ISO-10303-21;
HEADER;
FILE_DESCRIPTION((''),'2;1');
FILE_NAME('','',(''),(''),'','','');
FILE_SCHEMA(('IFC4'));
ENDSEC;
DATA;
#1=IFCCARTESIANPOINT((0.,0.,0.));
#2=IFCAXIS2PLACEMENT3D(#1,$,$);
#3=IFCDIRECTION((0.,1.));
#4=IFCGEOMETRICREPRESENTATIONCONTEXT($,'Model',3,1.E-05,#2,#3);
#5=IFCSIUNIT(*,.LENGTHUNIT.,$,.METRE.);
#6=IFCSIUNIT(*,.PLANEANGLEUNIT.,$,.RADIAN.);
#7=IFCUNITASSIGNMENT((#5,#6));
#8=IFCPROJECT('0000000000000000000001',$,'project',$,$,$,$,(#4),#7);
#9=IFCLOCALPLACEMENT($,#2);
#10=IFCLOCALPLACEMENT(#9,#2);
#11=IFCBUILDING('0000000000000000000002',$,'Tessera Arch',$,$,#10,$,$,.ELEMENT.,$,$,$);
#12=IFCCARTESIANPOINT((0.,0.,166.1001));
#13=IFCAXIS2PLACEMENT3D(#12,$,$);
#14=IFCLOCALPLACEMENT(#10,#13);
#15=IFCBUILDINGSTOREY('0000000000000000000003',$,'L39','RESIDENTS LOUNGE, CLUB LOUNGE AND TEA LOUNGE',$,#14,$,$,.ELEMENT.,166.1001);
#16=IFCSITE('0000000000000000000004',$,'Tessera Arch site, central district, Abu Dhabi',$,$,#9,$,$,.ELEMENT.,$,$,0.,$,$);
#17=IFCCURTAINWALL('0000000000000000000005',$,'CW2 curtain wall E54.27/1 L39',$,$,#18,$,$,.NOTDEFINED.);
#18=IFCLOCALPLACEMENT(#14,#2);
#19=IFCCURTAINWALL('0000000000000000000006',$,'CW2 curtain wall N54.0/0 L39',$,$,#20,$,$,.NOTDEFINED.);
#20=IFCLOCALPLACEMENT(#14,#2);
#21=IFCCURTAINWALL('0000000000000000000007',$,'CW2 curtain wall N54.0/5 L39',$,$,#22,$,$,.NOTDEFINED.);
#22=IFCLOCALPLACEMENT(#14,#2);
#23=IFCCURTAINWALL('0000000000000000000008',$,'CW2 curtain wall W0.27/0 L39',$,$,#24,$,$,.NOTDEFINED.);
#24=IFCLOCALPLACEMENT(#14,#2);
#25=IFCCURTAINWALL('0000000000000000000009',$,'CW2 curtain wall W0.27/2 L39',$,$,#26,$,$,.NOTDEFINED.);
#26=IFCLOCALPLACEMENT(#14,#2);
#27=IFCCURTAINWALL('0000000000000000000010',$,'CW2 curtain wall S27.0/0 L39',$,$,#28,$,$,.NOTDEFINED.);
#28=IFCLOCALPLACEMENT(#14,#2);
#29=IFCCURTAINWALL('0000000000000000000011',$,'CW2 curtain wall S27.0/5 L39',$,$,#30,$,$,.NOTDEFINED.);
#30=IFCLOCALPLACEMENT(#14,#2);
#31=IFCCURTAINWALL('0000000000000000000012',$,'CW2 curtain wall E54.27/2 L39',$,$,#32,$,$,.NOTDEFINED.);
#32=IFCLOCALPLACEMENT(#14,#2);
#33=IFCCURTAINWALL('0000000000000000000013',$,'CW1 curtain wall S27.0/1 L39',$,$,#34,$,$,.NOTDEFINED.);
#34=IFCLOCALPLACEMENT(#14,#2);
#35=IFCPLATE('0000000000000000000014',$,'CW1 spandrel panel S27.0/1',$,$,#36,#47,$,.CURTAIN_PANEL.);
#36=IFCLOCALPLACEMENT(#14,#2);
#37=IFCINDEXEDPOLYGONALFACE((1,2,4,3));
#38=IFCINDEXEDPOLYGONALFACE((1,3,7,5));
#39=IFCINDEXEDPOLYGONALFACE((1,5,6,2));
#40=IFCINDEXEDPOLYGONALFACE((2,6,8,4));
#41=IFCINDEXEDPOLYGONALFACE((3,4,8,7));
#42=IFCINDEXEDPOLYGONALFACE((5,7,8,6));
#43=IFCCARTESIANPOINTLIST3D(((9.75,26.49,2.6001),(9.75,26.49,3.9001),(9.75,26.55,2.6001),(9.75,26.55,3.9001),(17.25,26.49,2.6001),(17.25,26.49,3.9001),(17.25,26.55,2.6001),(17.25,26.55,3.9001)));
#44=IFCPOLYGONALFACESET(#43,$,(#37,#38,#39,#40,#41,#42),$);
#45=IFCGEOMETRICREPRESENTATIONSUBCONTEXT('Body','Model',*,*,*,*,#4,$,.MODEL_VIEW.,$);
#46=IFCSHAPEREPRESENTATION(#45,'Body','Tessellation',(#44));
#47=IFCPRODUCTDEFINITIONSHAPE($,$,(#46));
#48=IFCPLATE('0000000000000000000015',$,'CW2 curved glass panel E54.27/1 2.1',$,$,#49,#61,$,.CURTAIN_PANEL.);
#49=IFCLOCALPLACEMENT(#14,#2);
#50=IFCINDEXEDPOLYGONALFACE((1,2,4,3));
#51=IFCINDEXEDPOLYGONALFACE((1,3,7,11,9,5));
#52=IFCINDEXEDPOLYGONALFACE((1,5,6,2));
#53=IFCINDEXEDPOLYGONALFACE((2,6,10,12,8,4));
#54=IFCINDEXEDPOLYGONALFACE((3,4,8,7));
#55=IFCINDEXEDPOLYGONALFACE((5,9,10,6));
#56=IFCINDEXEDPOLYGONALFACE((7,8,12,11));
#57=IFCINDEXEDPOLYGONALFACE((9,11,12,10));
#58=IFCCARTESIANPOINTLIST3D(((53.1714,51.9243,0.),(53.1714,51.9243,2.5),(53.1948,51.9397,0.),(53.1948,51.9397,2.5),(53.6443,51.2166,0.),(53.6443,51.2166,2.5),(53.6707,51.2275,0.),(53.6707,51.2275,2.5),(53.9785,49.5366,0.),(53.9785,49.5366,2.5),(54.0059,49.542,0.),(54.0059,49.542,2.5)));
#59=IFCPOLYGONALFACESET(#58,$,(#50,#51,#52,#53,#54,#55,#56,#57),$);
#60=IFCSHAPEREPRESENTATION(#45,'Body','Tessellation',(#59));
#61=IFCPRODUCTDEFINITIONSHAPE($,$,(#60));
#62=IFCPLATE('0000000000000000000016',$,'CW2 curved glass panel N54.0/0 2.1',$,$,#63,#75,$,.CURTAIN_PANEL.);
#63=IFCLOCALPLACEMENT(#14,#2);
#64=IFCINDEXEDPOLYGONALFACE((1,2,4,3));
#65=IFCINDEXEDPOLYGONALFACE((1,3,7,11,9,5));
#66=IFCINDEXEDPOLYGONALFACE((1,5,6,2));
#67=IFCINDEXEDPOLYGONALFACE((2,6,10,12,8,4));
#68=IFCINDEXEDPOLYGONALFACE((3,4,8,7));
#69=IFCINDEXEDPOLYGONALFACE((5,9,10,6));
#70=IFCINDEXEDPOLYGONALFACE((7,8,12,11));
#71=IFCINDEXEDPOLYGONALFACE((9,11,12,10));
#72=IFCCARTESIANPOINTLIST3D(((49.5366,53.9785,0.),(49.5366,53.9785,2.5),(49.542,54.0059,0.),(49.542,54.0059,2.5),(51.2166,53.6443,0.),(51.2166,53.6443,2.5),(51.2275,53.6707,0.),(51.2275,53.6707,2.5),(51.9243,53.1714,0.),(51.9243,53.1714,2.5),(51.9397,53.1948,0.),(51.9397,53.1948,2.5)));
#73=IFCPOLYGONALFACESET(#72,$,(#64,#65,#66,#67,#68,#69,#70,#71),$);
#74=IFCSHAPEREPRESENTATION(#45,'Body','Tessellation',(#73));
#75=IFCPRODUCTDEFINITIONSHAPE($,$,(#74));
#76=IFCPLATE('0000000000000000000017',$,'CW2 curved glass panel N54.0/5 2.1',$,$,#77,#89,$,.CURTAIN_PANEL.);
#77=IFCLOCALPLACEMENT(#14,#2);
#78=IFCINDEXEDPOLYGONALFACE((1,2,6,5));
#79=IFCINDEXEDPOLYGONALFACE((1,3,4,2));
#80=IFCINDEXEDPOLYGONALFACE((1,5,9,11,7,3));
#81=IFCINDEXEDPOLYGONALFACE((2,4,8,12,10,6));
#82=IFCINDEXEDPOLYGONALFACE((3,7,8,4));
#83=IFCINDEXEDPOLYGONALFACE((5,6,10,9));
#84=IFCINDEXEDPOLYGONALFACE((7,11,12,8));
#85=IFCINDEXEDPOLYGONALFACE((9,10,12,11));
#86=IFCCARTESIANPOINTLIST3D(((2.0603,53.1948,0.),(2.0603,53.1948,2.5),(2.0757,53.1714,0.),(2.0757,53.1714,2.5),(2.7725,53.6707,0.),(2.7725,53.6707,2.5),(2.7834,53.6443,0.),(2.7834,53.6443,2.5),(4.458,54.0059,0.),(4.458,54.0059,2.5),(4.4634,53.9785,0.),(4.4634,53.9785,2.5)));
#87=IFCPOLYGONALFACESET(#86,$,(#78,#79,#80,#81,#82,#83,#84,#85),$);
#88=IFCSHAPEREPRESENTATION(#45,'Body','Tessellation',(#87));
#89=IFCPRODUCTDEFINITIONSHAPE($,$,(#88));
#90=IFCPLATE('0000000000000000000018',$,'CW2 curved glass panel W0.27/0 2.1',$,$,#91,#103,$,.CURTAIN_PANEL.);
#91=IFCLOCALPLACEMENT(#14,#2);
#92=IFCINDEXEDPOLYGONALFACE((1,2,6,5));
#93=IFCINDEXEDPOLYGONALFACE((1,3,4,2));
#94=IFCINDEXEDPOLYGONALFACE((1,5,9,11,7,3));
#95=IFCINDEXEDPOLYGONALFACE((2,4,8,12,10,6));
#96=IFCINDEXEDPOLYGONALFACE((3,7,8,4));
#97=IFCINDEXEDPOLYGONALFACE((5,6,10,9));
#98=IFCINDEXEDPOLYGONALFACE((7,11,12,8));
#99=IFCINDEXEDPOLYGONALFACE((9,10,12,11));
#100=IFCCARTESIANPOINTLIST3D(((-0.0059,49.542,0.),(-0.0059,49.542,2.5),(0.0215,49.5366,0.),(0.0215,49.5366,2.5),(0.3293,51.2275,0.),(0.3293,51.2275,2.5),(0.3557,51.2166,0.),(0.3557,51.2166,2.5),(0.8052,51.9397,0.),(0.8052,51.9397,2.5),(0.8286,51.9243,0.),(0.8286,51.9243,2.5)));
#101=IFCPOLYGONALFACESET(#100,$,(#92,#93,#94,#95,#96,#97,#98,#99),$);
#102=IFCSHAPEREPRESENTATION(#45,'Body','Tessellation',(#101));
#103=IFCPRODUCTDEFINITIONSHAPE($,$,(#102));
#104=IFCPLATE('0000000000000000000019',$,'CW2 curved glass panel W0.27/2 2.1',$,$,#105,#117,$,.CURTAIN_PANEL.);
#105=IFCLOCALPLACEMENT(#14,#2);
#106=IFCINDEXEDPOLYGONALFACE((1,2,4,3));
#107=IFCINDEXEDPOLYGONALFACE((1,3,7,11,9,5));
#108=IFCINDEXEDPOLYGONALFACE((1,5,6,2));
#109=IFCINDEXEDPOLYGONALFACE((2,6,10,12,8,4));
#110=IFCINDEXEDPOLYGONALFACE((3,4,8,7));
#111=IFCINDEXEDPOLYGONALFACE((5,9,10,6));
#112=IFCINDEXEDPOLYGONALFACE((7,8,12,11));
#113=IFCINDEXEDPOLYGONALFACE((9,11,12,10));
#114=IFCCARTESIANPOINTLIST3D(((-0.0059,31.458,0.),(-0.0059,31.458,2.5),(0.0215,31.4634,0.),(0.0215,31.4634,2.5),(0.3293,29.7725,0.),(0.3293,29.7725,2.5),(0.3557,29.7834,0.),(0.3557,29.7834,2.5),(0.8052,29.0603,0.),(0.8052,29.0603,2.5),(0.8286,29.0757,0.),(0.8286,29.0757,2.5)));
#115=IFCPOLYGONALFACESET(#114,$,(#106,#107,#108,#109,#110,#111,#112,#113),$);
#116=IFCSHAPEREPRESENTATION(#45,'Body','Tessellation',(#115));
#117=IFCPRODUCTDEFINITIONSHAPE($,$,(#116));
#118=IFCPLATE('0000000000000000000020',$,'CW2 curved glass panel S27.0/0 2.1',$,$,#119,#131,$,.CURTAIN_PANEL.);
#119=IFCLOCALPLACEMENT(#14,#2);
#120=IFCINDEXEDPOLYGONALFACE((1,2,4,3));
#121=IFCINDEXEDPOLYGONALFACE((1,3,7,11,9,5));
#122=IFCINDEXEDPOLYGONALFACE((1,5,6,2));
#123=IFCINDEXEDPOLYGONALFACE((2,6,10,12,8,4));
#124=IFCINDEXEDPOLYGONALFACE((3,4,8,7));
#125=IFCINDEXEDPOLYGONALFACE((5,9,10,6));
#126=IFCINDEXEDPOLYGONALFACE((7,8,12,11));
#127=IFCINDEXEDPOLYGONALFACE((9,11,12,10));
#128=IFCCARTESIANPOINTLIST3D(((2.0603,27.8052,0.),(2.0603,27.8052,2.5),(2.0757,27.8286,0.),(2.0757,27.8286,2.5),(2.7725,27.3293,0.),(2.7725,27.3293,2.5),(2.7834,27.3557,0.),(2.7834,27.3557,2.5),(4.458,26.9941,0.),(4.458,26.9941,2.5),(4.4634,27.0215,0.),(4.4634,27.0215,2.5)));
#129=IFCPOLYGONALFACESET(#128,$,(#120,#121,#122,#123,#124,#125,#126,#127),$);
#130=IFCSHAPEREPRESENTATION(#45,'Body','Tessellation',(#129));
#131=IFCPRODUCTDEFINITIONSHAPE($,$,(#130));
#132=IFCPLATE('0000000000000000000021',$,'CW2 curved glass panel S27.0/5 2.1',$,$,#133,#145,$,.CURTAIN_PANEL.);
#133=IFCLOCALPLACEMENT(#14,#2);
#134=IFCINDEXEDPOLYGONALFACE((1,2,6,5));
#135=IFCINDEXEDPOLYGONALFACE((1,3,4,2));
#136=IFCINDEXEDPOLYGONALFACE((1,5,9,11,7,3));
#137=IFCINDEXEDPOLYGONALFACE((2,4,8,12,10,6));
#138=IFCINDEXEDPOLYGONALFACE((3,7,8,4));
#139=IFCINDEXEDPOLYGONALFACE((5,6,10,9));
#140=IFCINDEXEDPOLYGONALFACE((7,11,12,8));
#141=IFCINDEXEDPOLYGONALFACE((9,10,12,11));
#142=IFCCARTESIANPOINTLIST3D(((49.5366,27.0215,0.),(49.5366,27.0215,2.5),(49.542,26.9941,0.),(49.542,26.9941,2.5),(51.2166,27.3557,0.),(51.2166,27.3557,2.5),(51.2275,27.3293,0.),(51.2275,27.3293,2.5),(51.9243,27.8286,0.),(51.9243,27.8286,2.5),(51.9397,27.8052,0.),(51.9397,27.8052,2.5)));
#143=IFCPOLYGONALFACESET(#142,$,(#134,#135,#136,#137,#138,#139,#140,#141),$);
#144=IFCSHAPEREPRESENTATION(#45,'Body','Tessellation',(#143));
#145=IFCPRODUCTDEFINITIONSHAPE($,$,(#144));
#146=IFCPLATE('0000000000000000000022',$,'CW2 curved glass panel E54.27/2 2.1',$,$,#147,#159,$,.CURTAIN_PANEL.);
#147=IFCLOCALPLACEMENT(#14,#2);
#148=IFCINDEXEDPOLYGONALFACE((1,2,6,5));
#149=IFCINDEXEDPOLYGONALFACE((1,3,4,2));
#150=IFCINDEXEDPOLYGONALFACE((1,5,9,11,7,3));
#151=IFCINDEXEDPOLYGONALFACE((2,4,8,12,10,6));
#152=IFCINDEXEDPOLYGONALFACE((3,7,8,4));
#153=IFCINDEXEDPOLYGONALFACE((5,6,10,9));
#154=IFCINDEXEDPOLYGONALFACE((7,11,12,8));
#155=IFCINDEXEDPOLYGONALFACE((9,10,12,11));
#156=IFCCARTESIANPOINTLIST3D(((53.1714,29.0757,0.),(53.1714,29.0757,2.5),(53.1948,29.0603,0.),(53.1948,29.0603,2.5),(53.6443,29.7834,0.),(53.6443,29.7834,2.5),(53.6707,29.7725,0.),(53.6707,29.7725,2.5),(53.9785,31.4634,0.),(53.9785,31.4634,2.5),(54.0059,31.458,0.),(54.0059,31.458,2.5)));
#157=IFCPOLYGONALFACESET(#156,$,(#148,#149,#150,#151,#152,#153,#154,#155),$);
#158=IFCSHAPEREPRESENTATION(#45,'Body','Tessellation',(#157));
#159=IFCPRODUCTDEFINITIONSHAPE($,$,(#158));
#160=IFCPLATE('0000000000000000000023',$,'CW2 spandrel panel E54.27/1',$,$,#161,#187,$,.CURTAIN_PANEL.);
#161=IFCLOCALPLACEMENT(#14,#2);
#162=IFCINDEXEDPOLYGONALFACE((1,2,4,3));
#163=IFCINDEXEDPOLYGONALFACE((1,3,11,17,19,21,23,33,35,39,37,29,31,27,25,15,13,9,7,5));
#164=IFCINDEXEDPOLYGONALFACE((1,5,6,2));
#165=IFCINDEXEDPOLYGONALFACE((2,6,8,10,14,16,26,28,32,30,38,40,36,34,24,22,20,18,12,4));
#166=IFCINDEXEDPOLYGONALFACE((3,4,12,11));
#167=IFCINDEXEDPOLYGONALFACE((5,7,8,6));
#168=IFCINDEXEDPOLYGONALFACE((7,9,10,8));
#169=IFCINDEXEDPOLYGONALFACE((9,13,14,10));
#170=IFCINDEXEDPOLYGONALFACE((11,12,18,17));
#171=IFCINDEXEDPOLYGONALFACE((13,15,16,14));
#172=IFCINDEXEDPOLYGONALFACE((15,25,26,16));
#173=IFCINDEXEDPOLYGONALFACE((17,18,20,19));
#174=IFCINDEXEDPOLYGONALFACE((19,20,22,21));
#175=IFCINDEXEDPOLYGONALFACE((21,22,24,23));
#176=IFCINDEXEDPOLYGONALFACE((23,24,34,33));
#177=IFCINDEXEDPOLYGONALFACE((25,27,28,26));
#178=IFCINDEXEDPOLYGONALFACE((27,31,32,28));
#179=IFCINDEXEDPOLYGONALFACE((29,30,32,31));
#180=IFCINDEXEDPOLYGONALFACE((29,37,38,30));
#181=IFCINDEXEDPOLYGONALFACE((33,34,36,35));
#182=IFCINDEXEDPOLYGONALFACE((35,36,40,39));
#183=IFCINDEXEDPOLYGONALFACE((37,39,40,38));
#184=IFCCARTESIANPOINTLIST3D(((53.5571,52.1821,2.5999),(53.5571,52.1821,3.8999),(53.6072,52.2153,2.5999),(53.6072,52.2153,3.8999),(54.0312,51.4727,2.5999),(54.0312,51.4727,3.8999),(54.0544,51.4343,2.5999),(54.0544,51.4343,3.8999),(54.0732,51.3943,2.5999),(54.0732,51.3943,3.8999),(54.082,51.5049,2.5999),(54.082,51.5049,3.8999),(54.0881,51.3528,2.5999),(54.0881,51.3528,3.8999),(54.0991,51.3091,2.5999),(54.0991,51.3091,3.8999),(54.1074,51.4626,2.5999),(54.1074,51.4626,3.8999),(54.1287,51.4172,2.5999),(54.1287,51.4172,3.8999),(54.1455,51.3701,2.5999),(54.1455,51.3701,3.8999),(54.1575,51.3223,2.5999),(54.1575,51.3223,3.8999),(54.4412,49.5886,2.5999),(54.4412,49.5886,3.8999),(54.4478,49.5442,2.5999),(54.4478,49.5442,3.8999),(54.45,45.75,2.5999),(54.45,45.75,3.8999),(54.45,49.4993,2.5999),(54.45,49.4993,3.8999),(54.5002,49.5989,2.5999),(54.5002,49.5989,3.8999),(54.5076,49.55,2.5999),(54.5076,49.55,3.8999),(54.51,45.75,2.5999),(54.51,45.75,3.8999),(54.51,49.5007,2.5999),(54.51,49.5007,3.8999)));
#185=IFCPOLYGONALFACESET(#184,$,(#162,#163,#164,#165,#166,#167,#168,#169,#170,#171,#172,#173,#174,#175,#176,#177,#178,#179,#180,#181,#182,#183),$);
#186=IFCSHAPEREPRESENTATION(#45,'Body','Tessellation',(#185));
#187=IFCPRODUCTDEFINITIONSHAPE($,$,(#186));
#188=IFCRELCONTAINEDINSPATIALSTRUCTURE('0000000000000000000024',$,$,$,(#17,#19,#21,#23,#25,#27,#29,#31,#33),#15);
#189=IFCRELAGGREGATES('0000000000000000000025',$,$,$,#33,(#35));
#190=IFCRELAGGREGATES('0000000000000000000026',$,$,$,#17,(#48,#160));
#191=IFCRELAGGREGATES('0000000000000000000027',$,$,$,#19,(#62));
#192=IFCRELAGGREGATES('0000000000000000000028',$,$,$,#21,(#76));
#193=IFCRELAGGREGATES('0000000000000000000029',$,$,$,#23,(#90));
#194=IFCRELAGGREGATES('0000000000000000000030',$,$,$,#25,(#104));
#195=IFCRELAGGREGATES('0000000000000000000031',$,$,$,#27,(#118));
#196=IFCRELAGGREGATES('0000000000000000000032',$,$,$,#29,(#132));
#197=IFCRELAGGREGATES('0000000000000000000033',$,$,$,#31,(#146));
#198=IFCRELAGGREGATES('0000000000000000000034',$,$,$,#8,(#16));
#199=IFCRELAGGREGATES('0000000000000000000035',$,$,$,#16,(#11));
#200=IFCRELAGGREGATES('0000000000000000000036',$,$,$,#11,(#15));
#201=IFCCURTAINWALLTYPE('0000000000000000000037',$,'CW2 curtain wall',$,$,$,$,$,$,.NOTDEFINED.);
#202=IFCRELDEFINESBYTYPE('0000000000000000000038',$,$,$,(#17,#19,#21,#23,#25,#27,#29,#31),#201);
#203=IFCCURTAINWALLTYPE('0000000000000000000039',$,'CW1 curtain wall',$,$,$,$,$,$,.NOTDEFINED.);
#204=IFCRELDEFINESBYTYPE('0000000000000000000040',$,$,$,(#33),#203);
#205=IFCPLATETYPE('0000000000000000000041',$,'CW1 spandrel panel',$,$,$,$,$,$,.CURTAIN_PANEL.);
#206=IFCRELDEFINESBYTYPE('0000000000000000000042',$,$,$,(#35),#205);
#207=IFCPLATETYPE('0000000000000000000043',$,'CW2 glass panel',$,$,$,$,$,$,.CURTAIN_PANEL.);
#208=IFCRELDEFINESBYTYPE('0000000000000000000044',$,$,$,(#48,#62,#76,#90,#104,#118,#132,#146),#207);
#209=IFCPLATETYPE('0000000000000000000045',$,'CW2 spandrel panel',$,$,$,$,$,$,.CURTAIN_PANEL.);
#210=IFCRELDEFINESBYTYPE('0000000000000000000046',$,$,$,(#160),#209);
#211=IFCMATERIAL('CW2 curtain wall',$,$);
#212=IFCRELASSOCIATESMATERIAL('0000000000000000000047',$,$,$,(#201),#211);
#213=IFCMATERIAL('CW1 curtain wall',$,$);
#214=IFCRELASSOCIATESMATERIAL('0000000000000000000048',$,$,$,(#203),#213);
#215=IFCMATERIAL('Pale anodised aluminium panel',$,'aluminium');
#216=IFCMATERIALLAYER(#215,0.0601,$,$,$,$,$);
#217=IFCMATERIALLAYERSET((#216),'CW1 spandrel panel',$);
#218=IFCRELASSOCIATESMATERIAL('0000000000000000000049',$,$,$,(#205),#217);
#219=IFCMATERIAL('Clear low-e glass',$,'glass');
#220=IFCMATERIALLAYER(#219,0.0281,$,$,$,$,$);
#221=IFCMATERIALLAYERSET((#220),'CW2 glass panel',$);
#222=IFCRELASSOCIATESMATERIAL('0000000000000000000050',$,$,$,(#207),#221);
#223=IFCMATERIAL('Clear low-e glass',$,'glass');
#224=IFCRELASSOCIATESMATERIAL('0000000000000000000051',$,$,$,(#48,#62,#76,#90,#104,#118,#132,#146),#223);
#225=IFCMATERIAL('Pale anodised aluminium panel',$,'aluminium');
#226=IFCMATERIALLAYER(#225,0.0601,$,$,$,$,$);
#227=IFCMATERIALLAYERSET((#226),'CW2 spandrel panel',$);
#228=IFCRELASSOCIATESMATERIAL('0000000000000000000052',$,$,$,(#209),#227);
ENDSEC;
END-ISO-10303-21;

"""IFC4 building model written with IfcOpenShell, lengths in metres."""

from ifc_helpers import new_model, si_unit, direction, frame, origin, origin_2d, place, context, subcontext, project, spatial, polyline, rectangle, outline, extrude, material, layer, layer_set, type_object, element, aggregate, save


model = new_model("IFC4")

# Units and contexts
model_context = context("Model", 3, precision=1e-05, world=origin(), true_north=direction((0.0, 1.0)))
body_context = subcontext(model_context, "Body", "Model", "MODEL_VIEW")
ifc_project = project(units=[si_unit("LENGTHUNIT", "METRE"), si_unit("PLANEANGLEUNIT", "RADIAN")], contexts=[model_context])

# Site, building, storey
site_placement = place(None, origin())
site = spatial("IfcSite", under=ifc_project, at=site_placement, Name="Tessera Arch site, central district, Abu Dhabi", CompositionType="ELEMENT", RefElevation=0.0)
building_placement = place(site_placement, origin())
building = spatial("IfcBuilding", under=site, at=building_placement, Name="Tessera Arch", CompositionType="ELEMENT")
storey_placement = place(building_placement, frame((0.0, 0.0, 166.1001)))
storey = spatial("IfcBuildingStorey", under=building, at=storey_placement, Name="L39", Description="RESIDENTS LOUNGE, CLUB LOUNGE AND TEA LOUNGE", CompositionType="ELEMENT", Elevation=166.1001)

# Curtain walls
ifc_material_1 = material(Name="CW2 curtain wall")
curtain_wall_type_1 = type_object("IfcCurtainWallType", Name="CW2 curtain wall", PredefinedType="NOTDEFINED", material=ifc_material_1)
curtain_wall_1_placement = place(storey_placement, origin())
curtain_wall_1 = element("IfcCurtainWall", 1, at=curtain_wall_1_placement, inside=storey, type_object=curtain_wall_type_1, Name="CW2 curtain wall E54.27/1 L39", PredefinedType="NOTDEFINED")
curtain_wall_2_placement = place(storey_placement, origin())
curtain_wall_2 = element("IfcCurtainWall", 2, at=curtain_wall_2_placement, inside=storey, type_object=curtain_wall_type_1, Name="CW2 curtain wall N54.0/0 L39", PredefinedType="NOTDEFINED")
curtain_wall_3_placement = place(storey_placement, origin())
curtain_wall_3 = element("IfcCurtainWall", 3, at=curtain_wall_3_placement, inside=storey, type_object=curtain_wall_type_1, Name="CW2 curtain wall N54.0/5 L39", PredefinedType="NOTDEFINED")
curtain_wall_4_placement = place(storey_placement, origin())
curtain_wall_4 = element("IfcCurtainWall", 4, at=curtain_wall_4_placement, inside=storey, type_object=curtain_wall_type_1, Name="CW2 curtain wall W0.27/0 L39", PredefinedType="NOTDEFINED")
curtain_wall_5_placement = place(storey_placement, origin())
curtain_wall_5 = element("IfcCurtainWall", 5, at=curtain_wall_5_placement, inside=storey, type_object=curtain_wall_type_1, Name="CW2 curtain wall W0.27/2 L39", PredefinedType="NOTDEFINED")
curtain_wall_6_placement = place(storey_placement, origin())
curtain_wall_6 = element("IfcCurtainWall", 6, at=curtain_wall_6_placement, inside=storey, type_object=curtain_wall_type_1, Name="CW2 curtain wall S27.0/0 L39", PredefinedType="NOTDEFINED")
curtain_wall_7_placement = place(storey_placement, origin())
curtain_wall_7 = element("IfcCurtainWall", 7, at=curtain_wall_7_placement, inside=storey, type_object=curtain_wall_type_1, Name="CW2 curtain wall S27.0/5 L39", PredefinedType="NOTDEFINED")
curtain_wall_8_placement = place(storey_placement, origin())
curtain_wall_8 = element("IfcCurtainWall", 8, at=curtain_wall_8_placement, inside=storey, type_object=curtain_wall_type_1, Name="CW2 curtain wall E54.27/2 L39", PredefinedType="NOTDEFINED")

# Curtain wall, plate
ifc_material_2 = material(Name="CW1 curtain wall")
curtain_wall_type_2 = type_object("IfcCurtainWallType", Name="CW1 curtain wall", PredefinedType="NOTDEFINED", material=ifc_material_2)
curtain_wall_9_placement = place(storey_placement, origin())
curtain_wall_9 = element("IfcCurtainWall", 9, at=curtain_wall_9_placement, inside=storey, type_object=curtain_wall_type_2, Name="CW1 curtain wall S27.0/1 L39", PredefinedType="NOTDEFINED")
ifc_material_3 = material(Name="Pale anodised aluminium panel", Category="aluminium")
ifc_layer_1 = layer(ifc_material_3, 0.0601)
ifc_layer_set_1 = layer_set([ifc_layer_1], Name="CW1 spandrel panel")
plate_type_1 = type_object("IfcPlateType", Name="CW1 spandrel panel", PredefinedType="CURTAIN_PANEL", material=ifc_layer_set_1)
plate_1_placement = place(storey_placement, frame((13.5, 26.52, 2.6001), z_axis=(0.0, 0.0, 1.0), x_axis=(1.0, 0.0, 0.0)))
plate_1 = element("IfcPlate", 10, at=plate_1_placement, type_object=plate_type_1, Name="CW1 spandrel panel S27.0/1", PredefinedType="CURTAIN_PANEL", context=body_context, shape_type="SweptSolid", body=[
    extrude(rectangle(XDim=7.5, YDim=0.0601, at=origin_2d()), origin(), (0.0, 0.0, 1.0), 1.3),
])
aggregate(curtain_wall_9, [plate_1])

# Plates
ifc_material_4 = material(Name="Clear low-e glass", Category="glass")
ifc_material_5 = material(Name="Clear low-e glass", Category="glass")
ifc_layer_2 = layer(ifc_material_5, 0.0281)
ifc_layer_set_2 = layer_set([ifc_layer_2], Name="CW2 glass panel")
plate_type_2 = type_object("IfcPlateType", Name="CW2 glass panel", PredefinedType="CURTAIN_PANEL", material=ifc_layer_set_2)
plate_2_placement = place(storey_placement, origin())
plate_2 = element("IfcPlate", 11, at=plate_2_placement, type_object=plate_type_2, material=ifc_material_4, Name="CW2 curved glass panel E54.27/1 2.1", PredefinedType="CURTAIN_PANEL", context=body_context, shape_type="SweptSolid", body=[
    extrude(outline(polyline([(53.6443, 51.2166), (53.9785, 49.5366), (54.0059, 49.542), (53.6707, 51.2275), (53.1948, 51.9397), (53.1714, 51.9243), (53.6443, 51.2166)])), origin(), (0.0, 0.0, 1.0), 2.5),
])
plate_3_placement = place(storey_placement, origin())
plate_3 = element("IfcPlate", 12, at=plate_3_placement, type_object=plate_type_2, material=ifc_material_4, Name="CW2 curved glass panel N54.0/0 2.1", PredefinedType="CURTAIN_PANEL", context=body_context, shape_type="SweptSolid", body=[
    extrude(outline(polyline([(51.2166, 53.6443), (51.9243, 53.1714), (51.9397, 53.1948), (51.2275, 53.6707), (49.542, 54.0059), (49.5366, 53.9785), (51.2166, 53.6443)])), origin(), (0.0, 0.0, 1.0), 2.5),
])
plate_4_placement = place(storey_placement, origin())
plate_4 = element("IfcPlate", 13, at=plate_4_placement, type_object=plate_type_2, material=ifc_material_4, Name="CW2 curved glass panel N54.0/5 2.1", PredefinedType="CURTAIN_PANEL", context=body_context, shape_type="SweptSolid", body=[
    extrude(outline(polyline([(2.7834, 53.6443), (4.4634, 53.9785), (4.458, 54.0059), (2.7725, 53.6707), (2.0603, 53.1948), (2.0757, 53.1714), (2.7834, 53.6443)])), origin(), (0.0, 0.0, 1.0), 2.5),
])
plate_5_placement = place(storey_placement, origin())
plate_5 = element("IfcPlate", 14, at=plate_5_placement, type_object=plate_type_2, material=ifc_material_4, Name="CW2 curved glass panel W0.27/0 2.1", PredefinedType="CURTAIN_PANEL", context=body_context, shape_type="SweptSolid", body=[
    extrude(outline(polyline([(0.3557, 51.2166), (0.8286, 51.9243), (0.8052, 51.9397), (0.3293, 51.2275), (-0.0059, 49.542), (0.0215, 49.5366), (0.3557, 51.2166)])), origin(), (0.0, 0.0, 1.0), 2.5),
])
plate_6_placement = place(storey_placement, origin())
plate_6 = element("IfcPlate", 15, at=plate_6_placement, type_object=plate_type_2, material=ifc_material_4, Name="CW2 curved glass panel W0.27/2 2.1", PredefinedType="CURTAIN_PANEL", context=body_context, shape_type="SweptSolid", body=[
    extrude(outline(polyline([(0.3557, 29.7834), (0.0215, 31.4634), (-0.0059, 31.458), (0.3293, 29.7725), (0.8052, 29.0603), (0.8286, 29.0757), (0.3557, 29.7834)])), origin(), (0.0, 0.0, 1.0), 2.5),
])
plate_7_placement = place(storey_placement, origin())
plate_7 = element("IfcPlate", 16, at=plate_7_placement, type_object=plate_type_2, material=ifc_material_4, Name="CW2 curved glass panel S27.0/0 2.1", PredefinedType="CURTAIN_PANEL", context=body_context, shape_type="SweptSolid", body=[
    extrude(outline(polyline([(2.7834, 27.3557), (2.0757, 27.8286), (2.0603, 27.8052), (2.7725, 27.3293), (4.458, 26.9941), (4.4634, 27.0215), (2.7834, 27.3557)])), origin(), (0.0, 0.0, 1.0), 2.5),
])
plate_8_placement = place(storey_placement, origin())
plate_8 = element("IfcPlate", 17, at=plate_8_placement, type_object=plate_type_2, material=ifc_material_4, Name="CW2 curved glass panel S27.0/5 2.1", PredefinedType="CURTAIN_PANEL", context=body_context, shape_type="SweptSolid", body=[
    extrude(outline(polyline([(51.2166, 27.3557), (49.5366, 27.0215), (49.542, 26.9941), (51.2275, 27.3293), (51.9397, 27.8052), (51.9243, 27.8286), (51.2166, 27.3557)])), origin(), (0.0, 0.0, 1.0), 2.5),
])
plate_9_placement = place(storey_placement, origin())
plate_9 = element("IfcPlate", 18, at=plate_9_placement, type_object=plate_type_2, material=ifc_material_4, Name="CW2 curved glass panel E54.27/2 2.1", PredefinedType="CURTAIN_PANEL", context=body_context, shape_type="SweptSolid", body=[
    extrude(outline(polyline([(53.6443, 29.7834), (53.1714, 29.0757), (53.1948, 29.0603), (53.6707, 29.7725), (54.0059, 31.458), (53.9785, 31.4634), (53.6443, 29.7834)])), origin(), (0.0, 0.0, 1.0), 2.5),
])
ifc_material_6 = material(Name="Pale anodised aluminium panel", Category="aluminium")
ifc_layer_3 = layer(ifc_material_6, 0.0601)
ifc_layer_set_3 = layer_set([ifc_layer_3], Name="CW2 spandrel panel")
plate_type_3 = type_object("IfcPlateType", Name="CW2 spandrel panel", PredefinedType="CURTAIN_PANEL", material=ifc_layer_set_3)
plate_10_placement = place(storey_placement, frame((0.0, 0.0, 2.5999)))
plate_10 = element("IfcPlate", 19, at=plate_10_placement, type_object=plate_type_3, Name="CW2 spandrel panel E54.27/1", PredefinedType="CURTAIN_PANEL", context=body_context, shape_type="SweptSolid", body=[
    extrude(outline(polyline([(54.45, 49.4993), (54.45, 45.75), (54.51, 45.75), (54.51, 49.5007), (54.5076, 49.55), (54.5002, 49.5989), (54.1575, 51.3223), (54.1455, 51.3701), (54.1287, 51.4172), (54.1074, 51.4626), (54.082, 51.5049), (53.6072, 52.2153), (53.5571, 52.1821), (54.0312, 51.4727), (54.0544, 51.4343), (54.0732, 51.3943), (54.0881, 51.3528), (54.0991, 51.3091), (54.4412, 49.5886), (54.4478, 49.5442), (54.45, 49.4993)])), origin(), (0.0, 0.0, 1.0), 1.3),
])
aggregate(curtain_wall_1, [plate_2, plate_10])
aggregate(curtain_wall_2, [plate_3])
aggregate(curtain_wall_3, [plate_4])
aggregate(curtain_wall_4, [plate_5])
aggregate(curtain_wall_5, [plate_6])
aggregate(curtain_wall_6, [plate_7])
aggregate(curtain_wall_7, [plate_8])
aggregate(curtain_wall_8, [plate_9])

save(model, "model.ifc")
